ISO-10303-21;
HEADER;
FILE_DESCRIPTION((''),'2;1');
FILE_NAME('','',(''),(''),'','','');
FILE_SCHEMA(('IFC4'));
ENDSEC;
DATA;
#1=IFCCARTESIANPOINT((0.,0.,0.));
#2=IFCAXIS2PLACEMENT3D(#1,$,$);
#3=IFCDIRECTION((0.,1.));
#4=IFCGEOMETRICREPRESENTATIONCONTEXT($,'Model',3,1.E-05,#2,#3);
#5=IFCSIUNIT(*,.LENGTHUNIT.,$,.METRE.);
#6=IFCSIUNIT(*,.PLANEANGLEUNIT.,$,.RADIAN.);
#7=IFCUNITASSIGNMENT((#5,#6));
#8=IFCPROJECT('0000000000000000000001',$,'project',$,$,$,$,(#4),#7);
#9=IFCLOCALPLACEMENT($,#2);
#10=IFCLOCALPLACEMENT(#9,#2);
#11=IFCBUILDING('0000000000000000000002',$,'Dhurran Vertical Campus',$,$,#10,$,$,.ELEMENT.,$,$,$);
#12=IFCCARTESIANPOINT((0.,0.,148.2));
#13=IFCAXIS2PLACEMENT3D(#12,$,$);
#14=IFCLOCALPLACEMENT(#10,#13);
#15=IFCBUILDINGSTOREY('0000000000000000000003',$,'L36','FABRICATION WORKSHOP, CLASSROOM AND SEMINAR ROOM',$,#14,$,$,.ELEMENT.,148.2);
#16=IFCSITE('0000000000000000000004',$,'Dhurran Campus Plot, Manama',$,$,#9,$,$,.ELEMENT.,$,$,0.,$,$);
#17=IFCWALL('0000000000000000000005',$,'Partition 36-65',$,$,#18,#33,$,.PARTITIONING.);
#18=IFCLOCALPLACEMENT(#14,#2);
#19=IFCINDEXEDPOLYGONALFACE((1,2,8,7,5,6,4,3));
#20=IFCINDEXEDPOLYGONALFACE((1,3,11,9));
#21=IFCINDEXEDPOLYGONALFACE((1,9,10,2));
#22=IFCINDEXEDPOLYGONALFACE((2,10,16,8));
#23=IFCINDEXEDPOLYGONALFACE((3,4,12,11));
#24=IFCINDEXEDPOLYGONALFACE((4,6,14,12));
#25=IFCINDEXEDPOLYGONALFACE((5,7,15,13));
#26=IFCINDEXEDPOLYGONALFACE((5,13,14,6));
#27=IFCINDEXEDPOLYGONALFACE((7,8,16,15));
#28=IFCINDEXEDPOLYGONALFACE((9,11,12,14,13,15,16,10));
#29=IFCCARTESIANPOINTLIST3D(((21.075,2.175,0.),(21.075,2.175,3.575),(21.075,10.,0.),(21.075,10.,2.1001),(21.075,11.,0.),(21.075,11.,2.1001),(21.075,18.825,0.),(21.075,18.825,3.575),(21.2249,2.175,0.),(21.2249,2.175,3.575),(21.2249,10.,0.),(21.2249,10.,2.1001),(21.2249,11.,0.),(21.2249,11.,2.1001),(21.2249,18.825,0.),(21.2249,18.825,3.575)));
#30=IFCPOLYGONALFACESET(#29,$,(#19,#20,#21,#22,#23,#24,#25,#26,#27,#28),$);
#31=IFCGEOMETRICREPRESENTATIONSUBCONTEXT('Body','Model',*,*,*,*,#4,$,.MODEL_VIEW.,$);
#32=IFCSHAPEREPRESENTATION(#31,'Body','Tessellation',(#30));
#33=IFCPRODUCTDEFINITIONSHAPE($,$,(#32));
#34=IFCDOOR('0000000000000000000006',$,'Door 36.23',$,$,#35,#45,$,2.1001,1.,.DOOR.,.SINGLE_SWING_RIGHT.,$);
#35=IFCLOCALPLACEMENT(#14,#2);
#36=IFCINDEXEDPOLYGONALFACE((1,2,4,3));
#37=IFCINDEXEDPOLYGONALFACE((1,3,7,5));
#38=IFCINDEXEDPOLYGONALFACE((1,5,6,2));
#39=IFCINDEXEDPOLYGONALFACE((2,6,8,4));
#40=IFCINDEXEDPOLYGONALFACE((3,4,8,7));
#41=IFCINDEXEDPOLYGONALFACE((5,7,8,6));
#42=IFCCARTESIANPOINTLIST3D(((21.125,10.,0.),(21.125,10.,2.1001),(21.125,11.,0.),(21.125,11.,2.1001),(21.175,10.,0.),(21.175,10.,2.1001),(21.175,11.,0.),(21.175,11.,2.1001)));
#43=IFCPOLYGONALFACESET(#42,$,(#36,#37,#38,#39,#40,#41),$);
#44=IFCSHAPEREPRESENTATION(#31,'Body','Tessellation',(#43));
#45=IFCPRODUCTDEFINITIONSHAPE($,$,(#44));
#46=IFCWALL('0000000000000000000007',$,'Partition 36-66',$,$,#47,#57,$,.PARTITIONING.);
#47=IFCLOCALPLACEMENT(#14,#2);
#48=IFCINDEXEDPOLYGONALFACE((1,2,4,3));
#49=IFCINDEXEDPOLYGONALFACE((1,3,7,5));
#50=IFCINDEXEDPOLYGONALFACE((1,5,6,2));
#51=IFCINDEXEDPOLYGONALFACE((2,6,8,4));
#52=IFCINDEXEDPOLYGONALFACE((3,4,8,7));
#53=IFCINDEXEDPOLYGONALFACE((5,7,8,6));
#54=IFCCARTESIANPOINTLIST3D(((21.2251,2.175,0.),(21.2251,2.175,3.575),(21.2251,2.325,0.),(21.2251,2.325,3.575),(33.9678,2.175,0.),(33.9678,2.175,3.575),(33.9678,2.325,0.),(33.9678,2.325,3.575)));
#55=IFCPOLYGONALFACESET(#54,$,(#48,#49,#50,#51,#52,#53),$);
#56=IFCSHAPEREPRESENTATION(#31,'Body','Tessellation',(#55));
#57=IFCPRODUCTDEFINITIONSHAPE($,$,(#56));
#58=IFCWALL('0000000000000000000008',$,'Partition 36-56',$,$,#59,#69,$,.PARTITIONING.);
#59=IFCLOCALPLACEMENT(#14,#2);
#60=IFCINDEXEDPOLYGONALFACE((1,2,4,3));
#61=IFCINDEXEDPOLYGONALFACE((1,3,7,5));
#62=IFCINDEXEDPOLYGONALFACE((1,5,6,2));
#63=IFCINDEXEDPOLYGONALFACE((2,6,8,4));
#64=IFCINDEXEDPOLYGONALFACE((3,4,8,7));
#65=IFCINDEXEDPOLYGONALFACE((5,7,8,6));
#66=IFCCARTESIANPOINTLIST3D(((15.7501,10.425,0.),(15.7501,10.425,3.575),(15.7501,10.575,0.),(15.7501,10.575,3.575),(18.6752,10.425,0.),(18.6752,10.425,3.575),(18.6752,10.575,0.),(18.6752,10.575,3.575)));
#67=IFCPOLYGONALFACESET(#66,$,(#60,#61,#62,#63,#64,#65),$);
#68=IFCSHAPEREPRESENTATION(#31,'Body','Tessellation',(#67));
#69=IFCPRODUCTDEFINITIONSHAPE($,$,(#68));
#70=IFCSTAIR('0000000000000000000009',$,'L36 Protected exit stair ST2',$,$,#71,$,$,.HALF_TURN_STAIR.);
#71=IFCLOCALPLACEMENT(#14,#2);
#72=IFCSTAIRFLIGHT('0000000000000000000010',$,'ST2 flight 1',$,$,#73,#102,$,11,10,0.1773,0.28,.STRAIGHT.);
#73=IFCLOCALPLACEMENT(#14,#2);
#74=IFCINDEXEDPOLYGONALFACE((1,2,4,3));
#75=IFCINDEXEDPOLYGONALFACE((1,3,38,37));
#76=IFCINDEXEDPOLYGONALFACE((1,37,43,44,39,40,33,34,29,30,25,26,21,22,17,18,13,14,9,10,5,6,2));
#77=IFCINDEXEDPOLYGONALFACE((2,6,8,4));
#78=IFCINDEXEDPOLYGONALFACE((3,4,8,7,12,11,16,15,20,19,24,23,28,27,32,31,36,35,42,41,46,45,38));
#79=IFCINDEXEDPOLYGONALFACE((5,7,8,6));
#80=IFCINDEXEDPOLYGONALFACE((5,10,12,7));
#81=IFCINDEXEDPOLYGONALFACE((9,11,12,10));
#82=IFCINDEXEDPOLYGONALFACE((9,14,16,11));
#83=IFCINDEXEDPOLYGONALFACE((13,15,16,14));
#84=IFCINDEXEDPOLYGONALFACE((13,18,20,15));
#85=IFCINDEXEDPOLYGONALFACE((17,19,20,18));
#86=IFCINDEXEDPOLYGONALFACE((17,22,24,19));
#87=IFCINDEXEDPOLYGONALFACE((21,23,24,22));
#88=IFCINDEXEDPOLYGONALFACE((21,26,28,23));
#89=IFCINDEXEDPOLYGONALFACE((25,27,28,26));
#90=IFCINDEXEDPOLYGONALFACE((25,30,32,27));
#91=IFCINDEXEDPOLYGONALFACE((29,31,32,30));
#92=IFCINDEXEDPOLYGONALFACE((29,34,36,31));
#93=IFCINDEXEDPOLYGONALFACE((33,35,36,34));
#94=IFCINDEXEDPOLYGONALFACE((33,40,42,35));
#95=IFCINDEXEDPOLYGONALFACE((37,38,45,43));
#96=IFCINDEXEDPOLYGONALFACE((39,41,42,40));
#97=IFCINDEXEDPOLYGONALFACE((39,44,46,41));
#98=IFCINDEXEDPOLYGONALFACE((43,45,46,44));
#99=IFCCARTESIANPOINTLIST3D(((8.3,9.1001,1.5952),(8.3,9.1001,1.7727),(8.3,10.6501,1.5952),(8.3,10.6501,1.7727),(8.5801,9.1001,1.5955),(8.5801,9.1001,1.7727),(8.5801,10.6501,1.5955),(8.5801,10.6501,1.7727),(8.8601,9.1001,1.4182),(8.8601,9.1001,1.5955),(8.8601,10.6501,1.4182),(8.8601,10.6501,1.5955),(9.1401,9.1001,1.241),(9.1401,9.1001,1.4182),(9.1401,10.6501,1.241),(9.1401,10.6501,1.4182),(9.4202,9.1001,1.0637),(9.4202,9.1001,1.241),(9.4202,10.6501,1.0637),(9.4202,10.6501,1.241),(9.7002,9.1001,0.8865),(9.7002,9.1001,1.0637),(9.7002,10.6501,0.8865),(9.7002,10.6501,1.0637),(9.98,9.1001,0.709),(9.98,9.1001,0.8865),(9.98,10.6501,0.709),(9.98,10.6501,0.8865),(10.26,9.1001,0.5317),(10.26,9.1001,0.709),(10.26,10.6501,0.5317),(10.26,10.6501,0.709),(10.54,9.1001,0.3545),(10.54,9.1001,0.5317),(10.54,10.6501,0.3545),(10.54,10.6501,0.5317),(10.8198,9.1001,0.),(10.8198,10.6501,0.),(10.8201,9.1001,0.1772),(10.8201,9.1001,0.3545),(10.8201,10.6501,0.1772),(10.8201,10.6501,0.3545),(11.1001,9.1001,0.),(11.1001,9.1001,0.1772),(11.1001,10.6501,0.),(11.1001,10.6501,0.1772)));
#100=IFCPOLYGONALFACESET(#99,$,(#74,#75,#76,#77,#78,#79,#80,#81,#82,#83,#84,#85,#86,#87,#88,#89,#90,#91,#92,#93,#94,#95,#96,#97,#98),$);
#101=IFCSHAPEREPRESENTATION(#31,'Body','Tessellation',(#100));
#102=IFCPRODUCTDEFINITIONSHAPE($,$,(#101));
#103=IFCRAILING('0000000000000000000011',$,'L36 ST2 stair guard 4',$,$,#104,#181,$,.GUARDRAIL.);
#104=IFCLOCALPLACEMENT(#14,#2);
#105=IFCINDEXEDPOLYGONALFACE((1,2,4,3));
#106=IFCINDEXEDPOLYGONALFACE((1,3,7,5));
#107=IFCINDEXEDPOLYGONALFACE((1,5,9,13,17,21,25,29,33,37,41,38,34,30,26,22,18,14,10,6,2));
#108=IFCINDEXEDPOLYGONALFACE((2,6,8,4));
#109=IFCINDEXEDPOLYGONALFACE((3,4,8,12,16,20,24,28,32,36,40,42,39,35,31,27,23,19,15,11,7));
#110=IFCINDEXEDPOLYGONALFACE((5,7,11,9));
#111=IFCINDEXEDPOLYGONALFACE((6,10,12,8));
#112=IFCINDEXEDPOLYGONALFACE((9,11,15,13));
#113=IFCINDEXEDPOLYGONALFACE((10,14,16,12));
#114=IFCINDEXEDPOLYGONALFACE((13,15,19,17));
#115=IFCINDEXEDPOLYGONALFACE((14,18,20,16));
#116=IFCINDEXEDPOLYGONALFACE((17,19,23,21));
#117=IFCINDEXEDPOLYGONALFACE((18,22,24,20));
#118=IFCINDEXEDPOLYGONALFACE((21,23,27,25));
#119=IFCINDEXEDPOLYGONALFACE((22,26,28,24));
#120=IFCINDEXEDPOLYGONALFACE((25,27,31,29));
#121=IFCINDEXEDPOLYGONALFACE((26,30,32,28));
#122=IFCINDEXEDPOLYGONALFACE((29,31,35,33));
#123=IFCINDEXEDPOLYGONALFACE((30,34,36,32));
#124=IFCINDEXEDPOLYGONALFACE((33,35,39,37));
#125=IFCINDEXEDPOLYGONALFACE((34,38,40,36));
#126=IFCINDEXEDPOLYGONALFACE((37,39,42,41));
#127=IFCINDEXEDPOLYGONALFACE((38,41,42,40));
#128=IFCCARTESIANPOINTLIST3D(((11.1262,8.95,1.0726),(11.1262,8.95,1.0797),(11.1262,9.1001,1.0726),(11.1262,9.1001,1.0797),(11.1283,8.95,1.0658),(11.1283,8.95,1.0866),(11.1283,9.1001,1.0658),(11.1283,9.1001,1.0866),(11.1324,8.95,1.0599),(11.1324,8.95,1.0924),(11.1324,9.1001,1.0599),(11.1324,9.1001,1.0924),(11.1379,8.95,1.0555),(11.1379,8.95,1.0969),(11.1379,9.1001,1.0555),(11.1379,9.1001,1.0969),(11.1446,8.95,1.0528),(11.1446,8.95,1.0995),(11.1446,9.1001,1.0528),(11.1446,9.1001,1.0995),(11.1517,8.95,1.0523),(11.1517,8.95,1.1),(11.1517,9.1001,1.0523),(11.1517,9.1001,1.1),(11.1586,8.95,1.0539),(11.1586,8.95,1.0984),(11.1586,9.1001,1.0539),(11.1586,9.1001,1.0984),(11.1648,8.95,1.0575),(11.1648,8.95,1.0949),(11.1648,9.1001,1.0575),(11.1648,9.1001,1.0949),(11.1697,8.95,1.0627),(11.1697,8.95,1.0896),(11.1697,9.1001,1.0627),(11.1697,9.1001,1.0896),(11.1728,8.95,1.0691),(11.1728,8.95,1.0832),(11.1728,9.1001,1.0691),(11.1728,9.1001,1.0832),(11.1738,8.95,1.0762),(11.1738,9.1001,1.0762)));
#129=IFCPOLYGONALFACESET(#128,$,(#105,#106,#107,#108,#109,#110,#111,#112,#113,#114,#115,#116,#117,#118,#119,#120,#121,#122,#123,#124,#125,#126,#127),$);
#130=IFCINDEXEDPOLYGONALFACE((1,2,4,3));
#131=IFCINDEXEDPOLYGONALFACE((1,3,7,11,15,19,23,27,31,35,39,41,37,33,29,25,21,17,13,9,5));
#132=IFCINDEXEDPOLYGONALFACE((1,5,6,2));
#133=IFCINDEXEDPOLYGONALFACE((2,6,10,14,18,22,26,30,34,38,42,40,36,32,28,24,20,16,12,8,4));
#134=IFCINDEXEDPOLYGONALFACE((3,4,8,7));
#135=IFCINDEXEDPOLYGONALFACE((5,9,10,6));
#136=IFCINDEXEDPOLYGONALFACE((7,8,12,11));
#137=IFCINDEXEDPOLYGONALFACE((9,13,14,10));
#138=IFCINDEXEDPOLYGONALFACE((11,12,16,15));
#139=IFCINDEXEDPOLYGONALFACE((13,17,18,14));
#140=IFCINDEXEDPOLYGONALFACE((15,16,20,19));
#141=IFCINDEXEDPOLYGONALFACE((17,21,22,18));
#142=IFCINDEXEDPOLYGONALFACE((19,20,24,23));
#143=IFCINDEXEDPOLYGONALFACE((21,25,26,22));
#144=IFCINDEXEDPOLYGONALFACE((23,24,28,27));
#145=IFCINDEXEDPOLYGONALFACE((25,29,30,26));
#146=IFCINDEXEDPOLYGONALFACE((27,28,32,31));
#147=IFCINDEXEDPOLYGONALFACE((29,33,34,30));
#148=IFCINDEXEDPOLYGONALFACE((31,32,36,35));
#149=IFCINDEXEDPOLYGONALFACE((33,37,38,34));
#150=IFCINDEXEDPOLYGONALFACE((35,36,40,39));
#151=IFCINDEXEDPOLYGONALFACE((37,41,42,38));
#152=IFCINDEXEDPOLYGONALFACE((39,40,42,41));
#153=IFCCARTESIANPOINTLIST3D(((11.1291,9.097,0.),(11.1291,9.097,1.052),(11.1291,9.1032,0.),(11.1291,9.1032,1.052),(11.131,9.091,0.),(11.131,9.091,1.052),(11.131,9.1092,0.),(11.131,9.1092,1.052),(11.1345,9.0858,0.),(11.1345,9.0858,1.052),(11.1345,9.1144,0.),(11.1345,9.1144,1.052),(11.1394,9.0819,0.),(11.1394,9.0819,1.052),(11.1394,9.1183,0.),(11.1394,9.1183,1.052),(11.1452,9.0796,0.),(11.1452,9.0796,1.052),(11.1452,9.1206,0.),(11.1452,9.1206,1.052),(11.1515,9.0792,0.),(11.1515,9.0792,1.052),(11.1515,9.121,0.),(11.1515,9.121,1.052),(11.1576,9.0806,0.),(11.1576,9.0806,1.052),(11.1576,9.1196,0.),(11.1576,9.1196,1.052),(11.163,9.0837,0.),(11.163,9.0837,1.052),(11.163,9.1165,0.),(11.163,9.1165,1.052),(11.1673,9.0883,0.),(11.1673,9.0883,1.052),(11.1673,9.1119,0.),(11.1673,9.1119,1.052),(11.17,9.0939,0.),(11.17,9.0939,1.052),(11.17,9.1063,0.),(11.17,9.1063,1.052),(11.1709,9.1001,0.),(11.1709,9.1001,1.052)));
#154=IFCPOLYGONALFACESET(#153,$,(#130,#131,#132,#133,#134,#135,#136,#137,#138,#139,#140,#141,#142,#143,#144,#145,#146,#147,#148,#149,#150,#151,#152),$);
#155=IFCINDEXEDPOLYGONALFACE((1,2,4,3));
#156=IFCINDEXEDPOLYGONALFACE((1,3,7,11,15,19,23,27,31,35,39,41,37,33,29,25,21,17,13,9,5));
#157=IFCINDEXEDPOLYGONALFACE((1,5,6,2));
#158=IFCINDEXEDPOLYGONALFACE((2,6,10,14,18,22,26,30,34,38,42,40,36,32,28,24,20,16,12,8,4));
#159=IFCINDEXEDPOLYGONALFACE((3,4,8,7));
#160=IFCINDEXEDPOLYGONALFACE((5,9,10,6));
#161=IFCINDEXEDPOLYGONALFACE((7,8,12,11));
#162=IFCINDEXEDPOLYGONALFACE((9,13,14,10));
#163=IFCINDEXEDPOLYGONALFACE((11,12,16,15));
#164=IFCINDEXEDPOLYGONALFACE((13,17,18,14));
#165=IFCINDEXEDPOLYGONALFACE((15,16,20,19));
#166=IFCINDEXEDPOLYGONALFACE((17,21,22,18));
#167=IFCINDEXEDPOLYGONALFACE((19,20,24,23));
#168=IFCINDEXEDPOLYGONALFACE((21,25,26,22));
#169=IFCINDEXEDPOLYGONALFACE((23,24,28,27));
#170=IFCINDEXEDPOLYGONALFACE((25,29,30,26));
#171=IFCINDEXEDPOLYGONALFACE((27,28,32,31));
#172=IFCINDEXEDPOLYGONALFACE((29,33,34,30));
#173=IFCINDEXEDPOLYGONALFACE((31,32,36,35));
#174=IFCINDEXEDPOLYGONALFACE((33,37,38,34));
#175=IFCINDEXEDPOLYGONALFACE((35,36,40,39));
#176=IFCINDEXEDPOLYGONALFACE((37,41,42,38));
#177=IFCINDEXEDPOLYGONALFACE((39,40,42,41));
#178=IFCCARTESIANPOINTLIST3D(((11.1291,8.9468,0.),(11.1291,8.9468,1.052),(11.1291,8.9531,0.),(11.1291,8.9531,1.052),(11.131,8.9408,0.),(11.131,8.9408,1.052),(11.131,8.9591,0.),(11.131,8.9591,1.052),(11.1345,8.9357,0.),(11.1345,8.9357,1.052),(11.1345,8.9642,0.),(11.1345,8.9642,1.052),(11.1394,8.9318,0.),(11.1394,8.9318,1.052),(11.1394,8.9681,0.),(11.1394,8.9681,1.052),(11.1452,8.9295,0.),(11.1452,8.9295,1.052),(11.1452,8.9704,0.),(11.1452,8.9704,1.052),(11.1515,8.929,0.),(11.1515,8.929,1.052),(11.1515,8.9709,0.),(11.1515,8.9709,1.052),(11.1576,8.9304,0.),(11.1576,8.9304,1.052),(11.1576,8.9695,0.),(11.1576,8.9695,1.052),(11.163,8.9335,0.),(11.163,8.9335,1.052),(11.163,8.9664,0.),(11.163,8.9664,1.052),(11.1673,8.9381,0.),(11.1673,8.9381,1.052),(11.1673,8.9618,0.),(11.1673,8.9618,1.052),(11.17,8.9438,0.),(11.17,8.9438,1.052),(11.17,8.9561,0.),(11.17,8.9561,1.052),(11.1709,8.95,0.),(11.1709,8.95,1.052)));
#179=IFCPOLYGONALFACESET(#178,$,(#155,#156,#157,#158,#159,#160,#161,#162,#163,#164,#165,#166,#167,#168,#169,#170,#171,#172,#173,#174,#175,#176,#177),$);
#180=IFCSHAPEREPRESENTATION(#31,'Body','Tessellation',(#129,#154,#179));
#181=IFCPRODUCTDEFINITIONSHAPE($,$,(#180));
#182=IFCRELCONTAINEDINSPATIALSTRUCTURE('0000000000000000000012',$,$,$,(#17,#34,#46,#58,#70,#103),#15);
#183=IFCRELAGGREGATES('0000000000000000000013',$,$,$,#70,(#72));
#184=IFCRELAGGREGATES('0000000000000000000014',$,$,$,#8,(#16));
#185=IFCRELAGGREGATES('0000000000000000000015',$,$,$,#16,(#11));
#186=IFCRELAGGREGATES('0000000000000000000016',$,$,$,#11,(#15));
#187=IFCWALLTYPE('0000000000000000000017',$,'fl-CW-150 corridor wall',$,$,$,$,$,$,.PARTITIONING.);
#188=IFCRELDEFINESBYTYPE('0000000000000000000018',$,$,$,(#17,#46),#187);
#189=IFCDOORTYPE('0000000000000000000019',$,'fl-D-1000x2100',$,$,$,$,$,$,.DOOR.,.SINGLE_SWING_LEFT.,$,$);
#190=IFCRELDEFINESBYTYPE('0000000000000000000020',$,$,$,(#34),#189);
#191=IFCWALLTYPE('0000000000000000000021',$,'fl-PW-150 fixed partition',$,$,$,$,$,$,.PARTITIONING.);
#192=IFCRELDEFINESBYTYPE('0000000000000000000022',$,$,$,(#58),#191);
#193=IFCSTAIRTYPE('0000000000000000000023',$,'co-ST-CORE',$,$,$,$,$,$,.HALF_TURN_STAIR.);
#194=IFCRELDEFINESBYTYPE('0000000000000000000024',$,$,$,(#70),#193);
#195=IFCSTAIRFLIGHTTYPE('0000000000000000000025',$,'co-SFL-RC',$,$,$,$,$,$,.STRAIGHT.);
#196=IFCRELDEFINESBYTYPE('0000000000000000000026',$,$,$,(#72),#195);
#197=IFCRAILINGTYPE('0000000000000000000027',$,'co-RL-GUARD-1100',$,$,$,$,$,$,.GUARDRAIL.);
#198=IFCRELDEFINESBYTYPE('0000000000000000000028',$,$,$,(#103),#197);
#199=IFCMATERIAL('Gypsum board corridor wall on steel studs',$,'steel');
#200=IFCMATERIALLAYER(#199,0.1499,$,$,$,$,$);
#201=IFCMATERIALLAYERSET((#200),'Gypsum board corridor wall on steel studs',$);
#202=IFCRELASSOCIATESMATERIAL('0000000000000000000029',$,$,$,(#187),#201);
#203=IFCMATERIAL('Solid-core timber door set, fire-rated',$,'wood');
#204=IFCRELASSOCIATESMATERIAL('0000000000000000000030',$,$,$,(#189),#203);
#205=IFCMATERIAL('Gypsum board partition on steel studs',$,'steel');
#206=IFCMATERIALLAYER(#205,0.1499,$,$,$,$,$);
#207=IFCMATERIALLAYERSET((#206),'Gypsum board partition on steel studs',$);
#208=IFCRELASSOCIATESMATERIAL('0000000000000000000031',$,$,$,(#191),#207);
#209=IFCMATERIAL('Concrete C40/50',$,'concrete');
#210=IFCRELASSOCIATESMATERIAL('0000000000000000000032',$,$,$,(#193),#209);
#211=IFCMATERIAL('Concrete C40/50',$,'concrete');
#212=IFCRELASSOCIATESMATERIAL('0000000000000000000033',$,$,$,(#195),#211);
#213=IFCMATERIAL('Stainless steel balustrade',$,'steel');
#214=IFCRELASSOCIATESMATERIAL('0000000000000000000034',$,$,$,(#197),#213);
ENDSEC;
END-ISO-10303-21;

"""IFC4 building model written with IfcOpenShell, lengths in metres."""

from ifc_helpers import new_model, si_unit, direction, frame, frame_2d, origin, origin_2d, place, context, subcontext, project, spatial, polyline, rectangle, circle, outline, extrude, material, layer, layer_set, type_object, element, fill, aggregate, save


model = new_model("IFC4")

# Units and contexts
model_context = context("Model", 3, precision=1e-05, world=origin(), true_north=direction((0.0, 1.0)))
body_context = subcontext(model_context, "Body", "Model", "MODEL_VIEW")
ifc_project = project(units=[si_unit("LENGTHUNIT", "METRE"), si_unit("PLANEANGLEUNIT", "RADIAN")], contexts=[model_context])

# Site, building, storey
site_placement = place(None, origin())
site = spatial("IfcSite", under=ifc_project, at=site_placement, Name="Dhurran Campus Plot, Manama", CompositionType="ELEMENT", RefElevation=0.0)
building_placement = place(site_placement, origin())
building = spatial("IfcBuilding", under=site, at=building_placement, Name="Dhurran Vertical Campus", CompositionType="ELEMENT")
storey_placement = place(building_placement, frame((0.0, 0.0, 148.2)))
storey = spatial("IfcBuildingStorey", under=building, at=storey_placement, Name="L36", Description="FABRICATION WORKSHOP, CLASSROOM AND SEMINAR ROOM", CompositionType="ELEMENT", Elevation=148.2)

# Shared definitions
ifc_material_1 = material(Name="Gypsum board corridor wall on steel studs", Category="steel")
ifc_layer_1 = layer(ifc_material_1, 0.1499)
ifc_layer_set_1 = layer_set([ifc_layer_1], Name="Gypsum board corridor wall on steel studs")
wall_type_1 = type_object("IfcWallType", Name="fl-CW-150 corridor wall", PredefinedType="PARTITIONING", material=ifc_layer_set_1)

# Wall, opening, door
ifc_material_2 = material(Name="Solid-core timber door set, fire-rated", Category="wood")
door_type_1 = type_object("IfcDoorType", Name="fl-D-1000x2100", OperationType="SINGLE_SWING_LEFT", PredefinedType="DOOR", material=ifc_material_2)
wall_1_placement = place(storey_placement, frame((21.1499, 2.175, 0.0), z_axis=(0.0, 0.0, 1.0), x_axis=(0.0, 1.0, 0.0)))
wall_1 = element("IfcWall", 1, at=wall_1_placement, inside=storey, type_object=wall_type_1, Name="Partition 36-65", PredefinedType="PARTITIONING", context=body_context, shape_type="SweptSolid", body=[
    extrude(rectangle(XDim=16.6499, YDim=0.1499, at=frame_2d((8.325, 0.0))), origin(), (0.0, 0.0, 1.0), 3.575),
])
opening_1_placement = place(wall_1_placement, frame((7.825, 0.0, 0.0)))
opening_1 = element("IfcOpeningElement", 2, at=opening_1_placement, cuts=wall_1, PredefinedType="OPENING", context=body_context, shape_type="SweptSolid", body=[
    extrude(rectangle(XDim=1.0, YDim=2.1001, at=frame_2d((0.5, 1.05))), frame((0.0, 0.085, 0.0), z_axis=(0.0, -1.0, 0.0), x_axis=(1.0, 0.0, 0.0)), (0.0, 0.0, 1.0), 0.1699),
])
door_1_placement = place(opening_1_placement, origin())
door_1 = element("IfcDoor", 3, at=door_1_placement, inside=storey, type_object=door_type_1, Name="Door 36.23", OperationType="SINGLE_SWING_RIGHT", OverallHeight=2.1001, OverallWidth=1.0, PredefinedType="DOOR", context=body_context, shape_type="SweptSolid", body=[
    extrude(rectangle(XDim=1.0, YDim=2.1001, at=frame_2d((0.5, 1.05))), frame((0.0, 0.0249, 0.0), z_axis=(0.0, -1.0, 0.0), x_axis=(1.0, 0.0, 0.0)), (0.0, 0.0, 1.0), 0.05),
])
fill(opening_1, door_1)

# Walls
wall_2_placement = place(storey_placement, frame((21.2251, 2.25, 0.0), z_axis=(0.0, 0.0, 1.0), x_axis=(1.0, 0.0, 0.0)))
element("IfcWall", 4, at=wall_2_placement, inside=storey, type_object=wall_type_1, Name="Partition 36-66", PredefinedType="PARTITIONING", context=body_context, shape_type="SweptSolid", body=[
    extrude(rectangle(XDim=12.7427, YDim=0.1499, at=frame_2d((6.3713, 0.0))), origin(), (0.0, 0.0, 1.0), 3.575),
])
ifc_material_3 = material(Name="Gypsum board partition on steel studs", Category="steel")
ifc_layer_2 = layer(ifc_material_3, 0.1499)
ifc_layer_set_2 = layer_set([ifc_layer_2], Name="Gypsum board partition on steel studs")
wall_type_2 = type_object("IfcWallType", Name="fl-PW-150 fixed partition", PredefinedType="PARTITIONING", material=ifc_layer_set_2)
wall_3_placement = place(storey_placement, frame((18.675, 10.5, 0.0), z_axis=(0.0, 0.0, 1.0), x_axis=(-1.0, 0.0, 0.0)))
element("IfcWall", 5, at=wall_3_placement, inside=storey, type_object=wall_type_2, Name="Partition 36-56", PredefinedType="PARTITIONING", context=body_context, shape_type="SweptSolid", body=[
    extrude(rectangle(XDim=2.925, YDim=0.1499, at=frame_2d((1.4624, 0.0))), origin(), (0.0, 0.0, 1.0), 3.575),
])

# Stair, stair flight
ifc_material_4 = material(Name="Concrete C40/50", Category="concrete")
stair_type = type_object("IfcStairType", Name="co-ST-CORE", PredefinedType="HALF_TURN_STAIR", material=ifc_material_4)
stair_placement = place(storey_placement, origin())
stair = element("IfcStair", 6, at=stair_placement, inside=storey, type_object=stair_type, Name="L36 Protected exit stair ST2", PredefinedType="HALF_TURN_STAIR")
ifc_material_5 = material(Name="Concrete C40/50", Category="concrete")
stair_flight_type = type_object("IfcStairFlightType", Name="co-SFL-RC", PredefinedType="STRAIGHT", material=ifc_material_5)
stair_flight_placement = place(storey_placement, frame((11.1001, 9.875, 0.0), z_axis=(0.0, 0.0, 1.0), x_axis=(-1.0, 0.0, 0.0)))
stair_flight = element("IfcStairFlight", 7, at=stair_flight_placement, type_object=stair_flight_type, Name="ST2 flight 1", NumberOfRisers=11, NumberOfTreads=10, PredefinedType="STRAIGHT", RiserHeight=0.1773, TreadLength=0.28, context=body_context, shape_type="SweptSolid", body=[
    extrude(outline(polyline([(0.0, 0.0), (0.0, 0.1772), (0.28, 0.1772), (0.28, 0.3545), (0.5601, 0.3545), (0.5601, 0.5317), (0.8401, 0.5317), (0.8401, 0.709), (1.1201, 0.709), (1.1201, 0.8865), (1.3999, 0.8865), (1.3999, 1.0637), (1.6799, 1.0637), (1.6799, 1.241), (1.96, 1.241), (1.96, 1.4182), (2.24, 1.4182), (2.24, 1.5955), (2.52, 1.5955), (2.52, 1.7727), (2.8, 1.7727), (2.8, 1.95), (2.8, 1.5952), (0.2803, 0.0), (0.0, 0.0)])), frame((0.0, 0.7749, 0.0), z_axis=(0.0, -1.0, 0.0), x_axis=(1.0, 0.0, 0.0)), (0.0, 0.0, 1.0), 1.55),
])
aggregate(stair, [stair_flight])

# Railing
ifc_material_6 = material(Name="Stainless steel balustrade", Category="steel")
railing_type_1 = type_object("IfcRailingType", Name="co-RL-GUARD-1100", PredefinedType="GUARDRAIL", material=ifc_material_6)
railing_1_placement = place(storey_placement, frame((11.1499, 9.1001, 0.0)))
element("IfcRailing", 8, at=railing_1_placement, inside=storey, type_object=railing_type_1, Name="L36 ST2 stair guard 4", PredefinedType="GUARDRAIL", context=body_context, shape_type="SweptSolid", body=[
    extrude(circle(Radius=0.0239, at=origin_2d()), frame((0.0, 0.0, 1.0762), z_axis=(0.0, -1.0, 0.0), x_axis=(1.0, 0.0, 0.0)), (0.0, 0.0, 1.0), 0.1501),
    extrude(circle(Radius=0.021, at=origin_2d()), origin(), (0.0, 0.0, 1.0), 1.052),
    extrude(circle(Radius=0.021, at=origin_2d()), frame((0.0, -0.1501, 0.0)), (0.0, 0.0, 1.0), 1.052),
])

save(model, "model.ifc")
